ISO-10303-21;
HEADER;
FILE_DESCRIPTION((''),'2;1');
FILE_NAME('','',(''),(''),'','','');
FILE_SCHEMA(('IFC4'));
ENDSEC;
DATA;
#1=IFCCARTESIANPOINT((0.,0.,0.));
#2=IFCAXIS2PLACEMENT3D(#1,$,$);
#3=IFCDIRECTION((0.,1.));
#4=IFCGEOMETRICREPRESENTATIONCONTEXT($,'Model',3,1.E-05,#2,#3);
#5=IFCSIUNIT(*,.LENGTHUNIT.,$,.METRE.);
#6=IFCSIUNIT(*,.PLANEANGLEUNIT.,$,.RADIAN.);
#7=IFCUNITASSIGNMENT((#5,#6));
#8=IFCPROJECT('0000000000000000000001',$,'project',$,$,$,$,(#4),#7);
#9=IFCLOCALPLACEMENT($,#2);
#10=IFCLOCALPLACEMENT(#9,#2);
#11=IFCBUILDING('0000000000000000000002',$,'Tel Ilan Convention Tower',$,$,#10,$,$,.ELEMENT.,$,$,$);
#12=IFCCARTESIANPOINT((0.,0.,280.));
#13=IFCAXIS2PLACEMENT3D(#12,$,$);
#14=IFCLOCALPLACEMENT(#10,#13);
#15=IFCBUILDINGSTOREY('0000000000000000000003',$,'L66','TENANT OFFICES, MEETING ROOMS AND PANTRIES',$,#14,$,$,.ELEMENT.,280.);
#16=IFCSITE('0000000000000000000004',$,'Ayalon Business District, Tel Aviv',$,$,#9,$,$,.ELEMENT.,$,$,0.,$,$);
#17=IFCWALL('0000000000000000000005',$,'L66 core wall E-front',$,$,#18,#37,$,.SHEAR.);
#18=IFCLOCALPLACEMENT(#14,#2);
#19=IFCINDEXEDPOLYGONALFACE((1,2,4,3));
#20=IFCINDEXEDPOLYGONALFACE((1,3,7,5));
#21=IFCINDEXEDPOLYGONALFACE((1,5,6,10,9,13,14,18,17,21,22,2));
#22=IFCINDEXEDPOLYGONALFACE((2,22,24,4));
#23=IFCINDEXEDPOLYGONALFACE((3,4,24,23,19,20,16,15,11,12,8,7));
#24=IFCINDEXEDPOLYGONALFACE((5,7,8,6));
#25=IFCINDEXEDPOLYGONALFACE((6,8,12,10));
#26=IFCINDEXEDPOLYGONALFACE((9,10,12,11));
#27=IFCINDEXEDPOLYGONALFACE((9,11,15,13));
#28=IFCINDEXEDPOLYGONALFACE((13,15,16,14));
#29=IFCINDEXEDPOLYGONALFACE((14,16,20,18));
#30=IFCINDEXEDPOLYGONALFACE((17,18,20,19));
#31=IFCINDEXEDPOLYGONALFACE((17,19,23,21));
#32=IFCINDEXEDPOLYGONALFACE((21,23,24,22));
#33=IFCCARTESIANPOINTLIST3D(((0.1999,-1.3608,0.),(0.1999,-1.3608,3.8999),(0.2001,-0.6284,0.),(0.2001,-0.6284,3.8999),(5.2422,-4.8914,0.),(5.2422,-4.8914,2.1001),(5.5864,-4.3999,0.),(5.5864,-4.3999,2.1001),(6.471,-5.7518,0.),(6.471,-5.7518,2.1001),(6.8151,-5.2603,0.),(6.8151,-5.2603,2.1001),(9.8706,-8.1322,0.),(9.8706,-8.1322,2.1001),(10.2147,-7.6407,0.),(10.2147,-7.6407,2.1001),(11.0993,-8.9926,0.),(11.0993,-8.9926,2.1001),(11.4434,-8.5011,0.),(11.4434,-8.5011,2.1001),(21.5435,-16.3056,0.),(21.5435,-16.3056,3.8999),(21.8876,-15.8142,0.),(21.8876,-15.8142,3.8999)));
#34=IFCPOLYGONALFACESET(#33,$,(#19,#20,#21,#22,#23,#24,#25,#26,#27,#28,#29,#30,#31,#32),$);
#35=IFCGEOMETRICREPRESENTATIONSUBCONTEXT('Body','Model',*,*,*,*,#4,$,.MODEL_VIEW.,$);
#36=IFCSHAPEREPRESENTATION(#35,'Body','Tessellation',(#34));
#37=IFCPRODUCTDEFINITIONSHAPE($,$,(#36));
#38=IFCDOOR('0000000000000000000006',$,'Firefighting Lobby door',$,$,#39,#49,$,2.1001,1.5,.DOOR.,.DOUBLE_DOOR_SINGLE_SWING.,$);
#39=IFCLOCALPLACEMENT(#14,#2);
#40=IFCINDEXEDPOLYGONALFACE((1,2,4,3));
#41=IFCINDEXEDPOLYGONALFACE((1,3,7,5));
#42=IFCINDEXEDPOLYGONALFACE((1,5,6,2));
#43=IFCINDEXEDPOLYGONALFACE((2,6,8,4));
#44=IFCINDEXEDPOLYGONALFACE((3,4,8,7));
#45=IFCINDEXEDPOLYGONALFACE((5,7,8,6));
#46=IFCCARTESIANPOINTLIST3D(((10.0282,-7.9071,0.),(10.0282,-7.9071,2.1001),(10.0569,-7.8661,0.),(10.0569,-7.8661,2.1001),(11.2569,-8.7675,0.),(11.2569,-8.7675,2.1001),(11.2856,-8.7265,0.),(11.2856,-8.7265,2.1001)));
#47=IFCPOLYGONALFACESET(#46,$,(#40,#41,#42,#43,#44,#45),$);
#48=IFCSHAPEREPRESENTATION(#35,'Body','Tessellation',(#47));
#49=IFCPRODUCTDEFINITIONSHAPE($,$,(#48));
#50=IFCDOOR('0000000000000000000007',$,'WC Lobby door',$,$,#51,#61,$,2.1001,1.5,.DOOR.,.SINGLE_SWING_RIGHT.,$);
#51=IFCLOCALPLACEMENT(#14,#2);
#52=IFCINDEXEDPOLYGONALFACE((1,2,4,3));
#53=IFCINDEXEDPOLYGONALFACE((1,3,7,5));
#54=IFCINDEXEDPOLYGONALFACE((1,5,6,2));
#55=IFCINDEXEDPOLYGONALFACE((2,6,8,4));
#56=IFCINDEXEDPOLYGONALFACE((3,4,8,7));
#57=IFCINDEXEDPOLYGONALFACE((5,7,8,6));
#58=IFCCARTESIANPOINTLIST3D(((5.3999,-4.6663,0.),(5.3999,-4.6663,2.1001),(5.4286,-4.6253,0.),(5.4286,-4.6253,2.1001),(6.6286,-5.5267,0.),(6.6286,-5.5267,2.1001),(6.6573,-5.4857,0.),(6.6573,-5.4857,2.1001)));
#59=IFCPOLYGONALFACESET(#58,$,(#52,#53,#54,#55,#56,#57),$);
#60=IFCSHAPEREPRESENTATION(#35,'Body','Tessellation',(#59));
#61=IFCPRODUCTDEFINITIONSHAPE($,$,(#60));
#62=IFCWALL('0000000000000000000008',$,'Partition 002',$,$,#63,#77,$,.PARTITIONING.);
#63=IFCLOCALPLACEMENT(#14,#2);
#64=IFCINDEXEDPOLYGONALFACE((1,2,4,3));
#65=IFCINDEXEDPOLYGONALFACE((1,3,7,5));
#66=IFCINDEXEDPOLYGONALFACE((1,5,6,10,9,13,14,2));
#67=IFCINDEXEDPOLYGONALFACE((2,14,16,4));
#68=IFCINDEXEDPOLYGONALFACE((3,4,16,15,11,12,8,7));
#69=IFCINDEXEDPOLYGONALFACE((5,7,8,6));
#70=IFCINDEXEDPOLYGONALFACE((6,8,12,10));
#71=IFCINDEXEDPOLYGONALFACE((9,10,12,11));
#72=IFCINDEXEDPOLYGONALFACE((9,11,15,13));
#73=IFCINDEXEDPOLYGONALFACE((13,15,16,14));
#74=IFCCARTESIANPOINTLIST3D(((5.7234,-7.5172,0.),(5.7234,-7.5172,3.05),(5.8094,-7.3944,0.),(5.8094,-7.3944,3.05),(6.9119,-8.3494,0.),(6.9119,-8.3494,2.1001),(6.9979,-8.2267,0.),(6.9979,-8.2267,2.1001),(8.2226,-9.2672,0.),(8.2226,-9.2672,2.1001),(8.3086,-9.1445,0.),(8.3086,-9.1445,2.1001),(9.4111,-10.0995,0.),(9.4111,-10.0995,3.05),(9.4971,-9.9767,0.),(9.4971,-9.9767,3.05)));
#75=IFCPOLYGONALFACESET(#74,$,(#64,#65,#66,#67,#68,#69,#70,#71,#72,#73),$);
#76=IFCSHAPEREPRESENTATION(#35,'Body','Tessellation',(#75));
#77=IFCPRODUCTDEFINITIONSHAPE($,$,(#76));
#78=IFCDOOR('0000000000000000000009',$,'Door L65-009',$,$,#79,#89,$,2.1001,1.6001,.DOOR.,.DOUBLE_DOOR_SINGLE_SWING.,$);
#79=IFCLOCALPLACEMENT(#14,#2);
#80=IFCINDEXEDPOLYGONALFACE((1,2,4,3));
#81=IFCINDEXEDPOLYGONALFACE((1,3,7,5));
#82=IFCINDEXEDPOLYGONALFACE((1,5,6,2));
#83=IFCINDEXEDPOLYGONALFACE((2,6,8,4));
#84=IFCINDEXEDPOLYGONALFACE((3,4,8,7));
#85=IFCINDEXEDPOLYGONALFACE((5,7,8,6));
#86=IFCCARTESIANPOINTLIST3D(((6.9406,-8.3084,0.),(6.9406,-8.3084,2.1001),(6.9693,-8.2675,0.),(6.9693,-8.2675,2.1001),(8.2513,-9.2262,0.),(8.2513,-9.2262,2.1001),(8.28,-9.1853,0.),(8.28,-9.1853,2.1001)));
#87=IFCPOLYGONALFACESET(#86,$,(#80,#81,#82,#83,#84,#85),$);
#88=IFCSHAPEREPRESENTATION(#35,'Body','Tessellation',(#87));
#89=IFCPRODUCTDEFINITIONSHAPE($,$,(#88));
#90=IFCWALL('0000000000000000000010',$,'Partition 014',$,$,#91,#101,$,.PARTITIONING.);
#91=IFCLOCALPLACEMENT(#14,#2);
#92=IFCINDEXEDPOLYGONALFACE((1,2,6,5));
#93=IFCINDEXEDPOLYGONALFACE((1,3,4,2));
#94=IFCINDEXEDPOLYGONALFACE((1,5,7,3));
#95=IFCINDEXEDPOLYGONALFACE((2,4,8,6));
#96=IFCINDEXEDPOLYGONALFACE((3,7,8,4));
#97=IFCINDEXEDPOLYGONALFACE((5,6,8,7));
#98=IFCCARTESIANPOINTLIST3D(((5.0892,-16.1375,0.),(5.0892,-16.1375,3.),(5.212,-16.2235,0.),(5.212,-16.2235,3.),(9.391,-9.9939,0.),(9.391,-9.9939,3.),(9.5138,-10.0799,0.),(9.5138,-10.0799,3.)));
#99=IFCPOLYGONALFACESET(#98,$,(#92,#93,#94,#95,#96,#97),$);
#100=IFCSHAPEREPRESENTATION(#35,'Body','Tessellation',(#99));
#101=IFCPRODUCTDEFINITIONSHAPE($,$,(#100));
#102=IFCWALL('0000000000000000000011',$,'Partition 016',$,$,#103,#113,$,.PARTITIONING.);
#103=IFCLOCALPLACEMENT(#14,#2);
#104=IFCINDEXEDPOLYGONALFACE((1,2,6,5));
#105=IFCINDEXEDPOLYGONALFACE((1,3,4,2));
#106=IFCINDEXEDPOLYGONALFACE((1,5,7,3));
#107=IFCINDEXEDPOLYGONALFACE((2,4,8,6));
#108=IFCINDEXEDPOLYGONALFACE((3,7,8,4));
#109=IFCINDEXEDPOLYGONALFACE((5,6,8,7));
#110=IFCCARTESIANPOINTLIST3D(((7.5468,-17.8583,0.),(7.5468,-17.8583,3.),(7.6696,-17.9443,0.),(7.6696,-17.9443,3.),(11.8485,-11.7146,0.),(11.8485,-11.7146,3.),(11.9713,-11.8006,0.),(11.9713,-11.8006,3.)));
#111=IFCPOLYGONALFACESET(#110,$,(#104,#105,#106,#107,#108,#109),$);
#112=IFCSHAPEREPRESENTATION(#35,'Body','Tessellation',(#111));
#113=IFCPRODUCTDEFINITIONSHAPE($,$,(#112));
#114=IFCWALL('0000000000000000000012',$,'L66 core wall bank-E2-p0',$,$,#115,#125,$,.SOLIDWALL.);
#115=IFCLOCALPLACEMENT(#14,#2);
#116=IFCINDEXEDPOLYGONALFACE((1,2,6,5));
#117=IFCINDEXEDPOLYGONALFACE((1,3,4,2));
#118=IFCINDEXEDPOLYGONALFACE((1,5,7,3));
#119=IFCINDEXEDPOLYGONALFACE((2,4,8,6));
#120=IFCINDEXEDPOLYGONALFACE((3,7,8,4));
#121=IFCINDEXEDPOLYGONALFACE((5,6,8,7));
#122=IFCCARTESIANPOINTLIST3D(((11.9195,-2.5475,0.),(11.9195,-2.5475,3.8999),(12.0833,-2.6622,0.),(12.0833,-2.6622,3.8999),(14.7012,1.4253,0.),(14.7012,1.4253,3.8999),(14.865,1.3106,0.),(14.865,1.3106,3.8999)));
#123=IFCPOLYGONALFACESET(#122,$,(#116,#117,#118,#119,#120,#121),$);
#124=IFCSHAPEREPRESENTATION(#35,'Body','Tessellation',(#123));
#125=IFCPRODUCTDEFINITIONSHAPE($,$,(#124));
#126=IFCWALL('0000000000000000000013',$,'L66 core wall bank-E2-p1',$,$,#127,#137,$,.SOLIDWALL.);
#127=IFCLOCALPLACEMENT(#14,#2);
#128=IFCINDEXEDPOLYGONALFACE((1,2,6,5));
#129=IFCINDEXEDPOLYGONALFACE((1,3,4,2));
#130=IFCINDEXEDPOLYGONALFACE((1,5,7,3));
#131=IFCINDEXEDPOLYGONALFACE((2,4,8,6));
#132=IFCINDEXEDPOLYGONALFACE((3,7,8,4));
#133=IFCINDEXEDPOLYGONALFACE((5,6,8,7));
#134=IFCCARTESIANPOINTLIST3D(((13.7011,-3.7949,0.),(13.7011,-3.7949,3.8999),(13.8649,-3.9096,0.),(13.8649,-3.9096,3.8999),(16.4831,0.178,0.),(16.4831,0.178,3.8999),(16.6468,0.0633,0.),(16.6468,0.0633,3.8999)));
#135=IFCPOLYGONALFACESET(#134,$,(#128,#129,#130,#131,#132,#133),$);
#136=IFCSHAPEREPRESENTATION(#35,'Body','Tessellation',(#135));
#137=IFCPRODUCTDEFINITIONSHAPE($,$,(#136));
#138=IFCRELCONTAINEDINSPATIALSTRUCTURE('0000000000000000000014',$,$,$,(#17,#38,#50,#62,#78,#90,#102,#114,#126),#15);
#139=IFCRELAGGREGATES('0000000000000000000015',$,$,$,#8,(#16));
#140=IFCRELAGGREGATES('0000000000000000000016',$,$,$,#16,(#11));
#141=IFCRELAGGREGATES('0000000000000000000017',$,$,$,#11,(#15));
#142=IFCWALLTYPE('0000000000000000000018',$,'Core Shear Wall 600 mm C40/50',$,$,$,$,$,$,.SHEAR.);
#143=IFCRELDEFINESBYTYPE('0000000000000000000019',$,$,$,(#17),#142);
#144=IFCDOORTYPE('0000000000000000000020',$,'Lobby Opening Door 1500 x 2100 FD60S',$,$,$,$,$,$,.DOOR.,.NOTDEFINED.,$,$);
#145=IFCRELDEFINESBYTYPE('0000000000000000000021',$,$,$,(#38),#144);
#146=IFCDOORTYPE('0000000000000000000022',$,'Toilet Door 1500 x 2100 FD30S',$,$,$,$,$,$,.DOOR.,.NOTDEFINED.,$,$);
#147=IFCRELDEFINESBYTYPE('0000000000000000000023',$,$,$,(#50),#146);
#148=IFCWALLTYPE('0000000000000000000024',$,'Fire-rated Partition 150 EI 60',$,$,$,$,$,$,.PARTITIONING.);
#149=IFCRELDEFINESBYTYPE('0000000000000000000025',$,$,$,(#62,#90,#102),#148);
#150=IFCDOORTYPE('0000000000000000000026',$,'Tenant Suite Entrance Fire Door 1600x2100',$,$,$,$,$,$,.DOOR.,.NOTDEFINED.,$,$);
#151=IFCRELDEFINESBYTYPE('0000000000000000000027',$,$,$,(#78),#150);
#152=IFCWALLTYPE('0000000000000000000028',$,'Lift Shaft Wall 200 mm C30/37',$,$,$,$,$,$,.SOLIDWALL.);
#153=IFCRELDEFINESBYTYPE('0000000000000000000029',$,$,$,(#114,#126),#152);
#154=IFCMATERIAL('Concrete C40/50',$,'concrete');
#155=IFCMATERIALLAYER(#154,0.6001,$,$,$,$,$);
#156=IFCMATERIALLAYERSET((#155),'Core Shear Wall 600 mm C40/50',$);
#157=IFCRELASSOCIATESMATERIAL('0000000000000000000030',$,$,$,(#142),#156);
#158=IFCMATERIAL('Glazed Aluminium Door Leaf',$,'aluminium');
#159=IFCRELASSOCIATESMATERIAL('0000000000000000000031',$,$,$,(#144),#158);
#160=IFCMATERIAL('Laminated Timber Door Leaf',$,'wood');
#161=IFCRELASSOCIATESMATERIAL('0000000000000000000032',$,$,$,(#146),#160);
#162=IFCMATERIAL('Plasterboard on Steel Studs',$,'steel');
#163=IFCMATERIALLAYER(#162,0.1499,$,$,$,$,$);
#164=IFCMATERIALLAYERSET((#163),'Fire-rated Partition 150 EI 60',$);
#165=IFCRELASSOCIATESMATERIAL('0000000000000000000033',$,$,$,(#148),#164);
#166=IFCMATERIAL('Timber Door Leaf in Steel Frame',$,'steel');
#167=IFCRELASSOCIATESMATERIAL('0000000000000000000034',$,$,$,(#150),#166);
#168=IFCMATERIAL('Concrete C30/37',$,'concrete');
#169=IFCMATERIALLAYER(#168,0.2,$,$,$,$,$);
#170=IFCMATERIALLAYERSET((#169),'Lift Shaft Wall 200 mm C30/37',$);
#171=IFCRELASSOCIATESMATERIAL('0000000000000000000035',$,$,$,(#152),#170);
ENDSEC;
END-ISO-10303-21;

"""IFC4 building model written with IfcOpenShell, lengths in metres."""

from ifc_helpers import new_model, si_unit, direction, frame, frame_2d, origin, place, context, subcontext, project, spatial, polyline, rectangle, outline, extrude, material, layer, layer_set, type_object, element, fill, save


model = new_model("IFC4")

# Units and contexts
model_context = context("Model", 3, precision=1e-05, world=origin(), true_north=direction((0.0, 1.0)))
body_context = subcontext(model_context, "Body", "Model", "MODEL_VIEW")
ifc_project = project(units=[si_unit("LENGTHUNIT", "METRE"), si_unit("PLANEANGLEUNIT", "RADIAN")], contexts=[model_context])

# Site, building, storey
site_placement = place(None, origin())
site = spatial("IfcSite", under=ifc_project, at=site_placement, Name="Ayalon Business District, Tel Aviv", CompositionType="ELEMENT", RefElevation=0.0)
building_placement = place(site_placement, origin())
building = spatial("IfcBuilding", under=site, at=building_placement, Name="Tel Ilan Convention Tower", CompositionType="ELEMENT")
storey_placement = place(building_placement, frame((0.0, 0.0, 280.0)))
storey = spatial("IfcBuildingStorey", under=building, at=storey_placement, Name="L66", Description="TENANT OFFICES, MEETING ROOMS AND PANTRIES", CompositionType="ELEMENT", Elevation=280.0)

# Wall, openings, doors
ifc_material_1 = material(Name="Concrete C40/50", Category="concrete")
ifc_layer_1 = layer(ifc_material_1, 0.6001)
ifc_layer_set_1 = layer_set([ifc_layer_1], Name="Core Shear Wall 600 mm C40/50")
wall_type_1 = type_object("IfcWallType", Name="Core Shear Wall 600 mm C40/50", PredefinedType="SHEAR", material=ifc_layer_set_1)
wall_1_placement = place(storey_placement, frame((0.0278, -0.874, 0.0), z_axis=(0.0, 0.0, 1.0), x_axis=(0.81915, -0.573579, 0.0)))
wall_1 = element("IfcWall", 1, at=wall_1_placement, inside=storey, type_object=wall_type_1, Name="L66 core wall E-front", PredefinedType="SHEAR", context=body_context, shape_type="SweptSolid", body=[
    extrude(outline(polyline([(26.4758, 0.3), (0.0002, 0.3), (0.4202, -0.3), (26.4758, -0.2998), (26.4758, 0.3)])), origin(), (0.0, 0.0, 1.0), 3.8999),
])
opening_1_placement = place(wall_1_placement, frame((6.5757, 0.0, 0.0)))
opening_1 = element("IfcOpeningElement", 2, at=opening_1_placement, cuts=wall_1, PredefinedType="OPENING", context=body_context, shape_type="SweptSolid", body=[
    extrude(rectangle(XDim=1.5, YDim=2.1001, at=frame_2d((0.75, 1.05))), frame((0.0, 0.3101, 0.0), z_axis=(0.0, -1.0, 0.0), x_axis=(1.0, 0.0, 0.0)), (0.0, 0.0, 1.0), 0.6201),
])
opening_2_placement = place(wall_1_placement, frame((12.2258, 0.0, 0.0)))
opening_2 = element("IfcOpeningElement", 3, at=opening_2_placement, cuts=wall_1, PredefinedType="OPENING", context=body_context, shape_type="SweptSolid", body=[
    extrude(rectangle(XDim=1.5, YDim=2.1001, at=frame_2d((0.75, 1.05))), frame((0.0, 0.3101, 0.0), z_axis=(0.0, -1.0, 0.0), x_axis=(1.0, 0.0, 0.0)), (0.0, 0.0, 1.0), 0.6201),
])
ifc_material_2 = material(Name="Glazed Aluminium Door Leaf", Category="aluminium")
door_type_1 = type_object("IfcDoorType", Name="Lobby Opening Door 1500 x 2100 FD60S", OperationType="NOTDEFINED", PredefinedType="DOOR", material=ifc_material_2)
door_1_placement = place(opening_2_placement, origin())
door_1 = element("IfcDoor", 4, at=door_1_placement, inside=storey, type_object=door_type_1, Name="Firefighting Lobby door", OperationType="DOUBLE_DOOR_SINGLE_SWING", OverallHeight=2.1001, OverallWidth=1.5, PredefinedType="DOOR", context=body_context, shape_type="SweptSolid", body=[
    extrude(rectangle(XDim=1.5, YDim=2.1001, at=frame_2d((0.75, 1.05))), frame((0.0, 0.0249, 0.0), z_axis=(0.0, -1.0, 0.0), x_axis=(1.0, 0.0, 0.0)), (0.0, 0.0, 1.0), 0.05),
])
fill(opening_2, door_1)
ifc_material_3 = material(Name="Laminated Timber Door Leaf", Category="wood")
door_type_2 = type_object("IfcDoorType", Name="Toilet Door 1500 x 2100 FD30S", OperationType="NOTDEFINED", PredefinedType="DOOR", material=ifc_material_3)
door_2_placement = place(opening_1_placement, origin())
door_2 = element("IfcDoor", 5, at=door_2_placement, inside=storey, type_object=door_type_2, Name="WC Lobby door", OperationType="SINGLE_SWING_RIGHT", OverallHeight=2.1001, OverallWidth=1.5, PredefinedType="DOOR", context=body_context, shape_type="SweptSolid", body=[
    extrude(rectangle(XDim=1.5, YDim=2.1001, at=frame_2d((0.75, 1.05))), frame((0.0, 0.0249, 0.0), z_axis=(0.0, -1.0, 0.0), x_axis=(1.0, 0.0, 0.0)), (0.0, 0.0, 1.0), 0.05),
])
fill(opening_1, door_2)

# Wall, opening, door
ifc_material_4 = material(Name="Plasterboard on Steel Studs", Category="steel")
ifc_layer_2 = layer(ifc_material_4, 0.1499)
ifc_layer_set_2 = layer_set([ifc_layer_2], Name="Fire-rated Partition 150 EI 60")
wall_type_2 = type_object("IfcWallType", Name="Fire-rated Partition 150 EI 60", PredefinedType="PARTITIONING", material=ifc_layer_set_2)
wall_2_placement = place(storey_placement, frame((9.4541, -10.0381, 0.0), z_axis=(0.0, 0.0, 1.0), x_axis=(-0.819143, 0.57359, 0.0)))
wall_2 = element("IfcWall", 6, at=wall_2_placement, inside=storey, type_object=wall_type_2, Name="Partition 002", PredefinedType="PARTITIONING", context=body_context, shape_type="SweptSolid", body=[
    extrude(rectangle(XDim=4.502, YDim=0.1499, at=frame_2d((2.251, 0.0))), origin(), (0.0, 0.0, 1.0), 3.05),
])
opening_3_placement = place(wall_2_placement, frame((1.4509, 0.0, 0.0)))
opening_3 = element("IfcOpeningElement", 7, at=opening_3_placement, cuts=wall_2, PredefinedType="OPENING", context=body_context, shape_type="SweptSolid", body=[
    extrude(rectangle(XDim=1.6001, YDim=2.1001, at=frame_2d((0.8, 1.05))), frame((0.0, 0.085, 0.0), z_axis=(0.0, -1.0, 0.0), x_axis=(1.0, 0.0, 0.0)), (0.0, 0.0, 1.0), 0.1699),
])
ifc_material_5 = material(Name="Timber Door Leaf in Steel Frame", Category="steel")
door_type_3 = type_object("IfcDoorType", Name="Tenant Suite Entrance Fire Door 1600x2100", OperationType="NOTDEFINED", PredefinedType="DOOR", material=ifc_material_5)
door_3_placement = place(opening_3_placement, origin())
door_3 = element("IfcDoor", 8, at=door_3_placement, inside=storey, type_object=door_type_3, Name="Door L65-009", OperationType="DOUBLE_DOOR_SINGLE_SWING", OverallHeight=2.1001, OverallWidth=1.6001, PredefinedType="DOOR", context=body_context, shape_type="SweptSolid", body=[
    extrude(rectangle(XDim=1.6001, YDim=2.1001, at=frame_2d((0.8, 1.05))), frame((0.0, 0.0249, 0.0), z_axis=(0.0, -1.0, 0.0), x_axis=(1.0, 0.0, 0.0)), (0.0, 0.0, 1.0), 0.05),
])
fill(opening_3, door_3)

# Walls
for number, where, z_axis, x_axis, name in (
    (9, (9.4524, -10.0369, 0.0), (0.0, 0.0, 1.0), (-0.573576, -0.819152, 0.0), "Partition 014"),
    (10, (11.9099, -11.7576, 0.0), (0.0, 0.0, 1.0), (-0.573561, -0.819163, 0.0), "Partition 016"),
):
    element("IfcWall", number, at=place(storey_placement, frame(where, z_axis=z_axis, x_axis=x_axis)), inside=storey, type_object=wall_type_2, Name=name, PredefinedType="PARTITIONING", context=body_context, shape_type="SweptSolid", body=[
        extrude(rectangle(XDim=7.5, YDim=0.1499, at=frame_2d((3.75, 0.0))), origin(), (0.0, 0.0, 1.0), 3.0),
    ])
ifc_material_6 = material(Name="Concrete C30/37", Category="concrete")
ifc_layer_3 = layer(ifc_material_6, 0.2)
ifc_layer_set_3 = layer_set([ifc_layer_3], Name="Lift Shaft Wall 200 mm C30/37")
wall_type_3 = type_object("IfcWallType", Name="Lift Shaft Wall 200 mm C30/37", PredefinedType="SOLIDWALL", material=ifc_layer_set_3)
wall_3_placement = place(storey_placement, frame((12.0015, -2.6047, 0.0), z_axis=(0.0, 0.0, 1.0), x_axis=(0.57356, 0.819163, 0.0)))
element("IfcWall", 11, at=wall_3_placement, inside=storey, type_object=wall_type_3, Name="L66 core wall bank-E2-p0", PredefinedType="SOLIDWALL", context=body_context, shape_type="SweptSolid", body=[
    extrude(rectangle(XDim=4.8499, YDim=0.2, at=frame_2d((2.4248, 0.0))), origin(), (0.0, 0.0, 1.0), 3.8999),
])
wall_4_placement = place(storey_placement, frame((13.783, -3.8523, 0.0), z_axis=(0.0, 0.0, 1.0), x_axis=(0.573594, 0.81914, 0.0)))
element("IfcWall", 12, at=wall_4_placement, inside=storey, type_object=wall_type_3, Name="L66 core wall bank-E2-p1", PredefinedType="SOLIDWALL", context=body_context, shape_type="SweptSolid", body=[
    extrude(rectangle(XDim=4.8501, YDim=0.2, at=frame_2d((2.425, 0.0))), origin(), (0.0, 0.0, 1.0), 3.8999),
])

save(model, "model.ifc")
